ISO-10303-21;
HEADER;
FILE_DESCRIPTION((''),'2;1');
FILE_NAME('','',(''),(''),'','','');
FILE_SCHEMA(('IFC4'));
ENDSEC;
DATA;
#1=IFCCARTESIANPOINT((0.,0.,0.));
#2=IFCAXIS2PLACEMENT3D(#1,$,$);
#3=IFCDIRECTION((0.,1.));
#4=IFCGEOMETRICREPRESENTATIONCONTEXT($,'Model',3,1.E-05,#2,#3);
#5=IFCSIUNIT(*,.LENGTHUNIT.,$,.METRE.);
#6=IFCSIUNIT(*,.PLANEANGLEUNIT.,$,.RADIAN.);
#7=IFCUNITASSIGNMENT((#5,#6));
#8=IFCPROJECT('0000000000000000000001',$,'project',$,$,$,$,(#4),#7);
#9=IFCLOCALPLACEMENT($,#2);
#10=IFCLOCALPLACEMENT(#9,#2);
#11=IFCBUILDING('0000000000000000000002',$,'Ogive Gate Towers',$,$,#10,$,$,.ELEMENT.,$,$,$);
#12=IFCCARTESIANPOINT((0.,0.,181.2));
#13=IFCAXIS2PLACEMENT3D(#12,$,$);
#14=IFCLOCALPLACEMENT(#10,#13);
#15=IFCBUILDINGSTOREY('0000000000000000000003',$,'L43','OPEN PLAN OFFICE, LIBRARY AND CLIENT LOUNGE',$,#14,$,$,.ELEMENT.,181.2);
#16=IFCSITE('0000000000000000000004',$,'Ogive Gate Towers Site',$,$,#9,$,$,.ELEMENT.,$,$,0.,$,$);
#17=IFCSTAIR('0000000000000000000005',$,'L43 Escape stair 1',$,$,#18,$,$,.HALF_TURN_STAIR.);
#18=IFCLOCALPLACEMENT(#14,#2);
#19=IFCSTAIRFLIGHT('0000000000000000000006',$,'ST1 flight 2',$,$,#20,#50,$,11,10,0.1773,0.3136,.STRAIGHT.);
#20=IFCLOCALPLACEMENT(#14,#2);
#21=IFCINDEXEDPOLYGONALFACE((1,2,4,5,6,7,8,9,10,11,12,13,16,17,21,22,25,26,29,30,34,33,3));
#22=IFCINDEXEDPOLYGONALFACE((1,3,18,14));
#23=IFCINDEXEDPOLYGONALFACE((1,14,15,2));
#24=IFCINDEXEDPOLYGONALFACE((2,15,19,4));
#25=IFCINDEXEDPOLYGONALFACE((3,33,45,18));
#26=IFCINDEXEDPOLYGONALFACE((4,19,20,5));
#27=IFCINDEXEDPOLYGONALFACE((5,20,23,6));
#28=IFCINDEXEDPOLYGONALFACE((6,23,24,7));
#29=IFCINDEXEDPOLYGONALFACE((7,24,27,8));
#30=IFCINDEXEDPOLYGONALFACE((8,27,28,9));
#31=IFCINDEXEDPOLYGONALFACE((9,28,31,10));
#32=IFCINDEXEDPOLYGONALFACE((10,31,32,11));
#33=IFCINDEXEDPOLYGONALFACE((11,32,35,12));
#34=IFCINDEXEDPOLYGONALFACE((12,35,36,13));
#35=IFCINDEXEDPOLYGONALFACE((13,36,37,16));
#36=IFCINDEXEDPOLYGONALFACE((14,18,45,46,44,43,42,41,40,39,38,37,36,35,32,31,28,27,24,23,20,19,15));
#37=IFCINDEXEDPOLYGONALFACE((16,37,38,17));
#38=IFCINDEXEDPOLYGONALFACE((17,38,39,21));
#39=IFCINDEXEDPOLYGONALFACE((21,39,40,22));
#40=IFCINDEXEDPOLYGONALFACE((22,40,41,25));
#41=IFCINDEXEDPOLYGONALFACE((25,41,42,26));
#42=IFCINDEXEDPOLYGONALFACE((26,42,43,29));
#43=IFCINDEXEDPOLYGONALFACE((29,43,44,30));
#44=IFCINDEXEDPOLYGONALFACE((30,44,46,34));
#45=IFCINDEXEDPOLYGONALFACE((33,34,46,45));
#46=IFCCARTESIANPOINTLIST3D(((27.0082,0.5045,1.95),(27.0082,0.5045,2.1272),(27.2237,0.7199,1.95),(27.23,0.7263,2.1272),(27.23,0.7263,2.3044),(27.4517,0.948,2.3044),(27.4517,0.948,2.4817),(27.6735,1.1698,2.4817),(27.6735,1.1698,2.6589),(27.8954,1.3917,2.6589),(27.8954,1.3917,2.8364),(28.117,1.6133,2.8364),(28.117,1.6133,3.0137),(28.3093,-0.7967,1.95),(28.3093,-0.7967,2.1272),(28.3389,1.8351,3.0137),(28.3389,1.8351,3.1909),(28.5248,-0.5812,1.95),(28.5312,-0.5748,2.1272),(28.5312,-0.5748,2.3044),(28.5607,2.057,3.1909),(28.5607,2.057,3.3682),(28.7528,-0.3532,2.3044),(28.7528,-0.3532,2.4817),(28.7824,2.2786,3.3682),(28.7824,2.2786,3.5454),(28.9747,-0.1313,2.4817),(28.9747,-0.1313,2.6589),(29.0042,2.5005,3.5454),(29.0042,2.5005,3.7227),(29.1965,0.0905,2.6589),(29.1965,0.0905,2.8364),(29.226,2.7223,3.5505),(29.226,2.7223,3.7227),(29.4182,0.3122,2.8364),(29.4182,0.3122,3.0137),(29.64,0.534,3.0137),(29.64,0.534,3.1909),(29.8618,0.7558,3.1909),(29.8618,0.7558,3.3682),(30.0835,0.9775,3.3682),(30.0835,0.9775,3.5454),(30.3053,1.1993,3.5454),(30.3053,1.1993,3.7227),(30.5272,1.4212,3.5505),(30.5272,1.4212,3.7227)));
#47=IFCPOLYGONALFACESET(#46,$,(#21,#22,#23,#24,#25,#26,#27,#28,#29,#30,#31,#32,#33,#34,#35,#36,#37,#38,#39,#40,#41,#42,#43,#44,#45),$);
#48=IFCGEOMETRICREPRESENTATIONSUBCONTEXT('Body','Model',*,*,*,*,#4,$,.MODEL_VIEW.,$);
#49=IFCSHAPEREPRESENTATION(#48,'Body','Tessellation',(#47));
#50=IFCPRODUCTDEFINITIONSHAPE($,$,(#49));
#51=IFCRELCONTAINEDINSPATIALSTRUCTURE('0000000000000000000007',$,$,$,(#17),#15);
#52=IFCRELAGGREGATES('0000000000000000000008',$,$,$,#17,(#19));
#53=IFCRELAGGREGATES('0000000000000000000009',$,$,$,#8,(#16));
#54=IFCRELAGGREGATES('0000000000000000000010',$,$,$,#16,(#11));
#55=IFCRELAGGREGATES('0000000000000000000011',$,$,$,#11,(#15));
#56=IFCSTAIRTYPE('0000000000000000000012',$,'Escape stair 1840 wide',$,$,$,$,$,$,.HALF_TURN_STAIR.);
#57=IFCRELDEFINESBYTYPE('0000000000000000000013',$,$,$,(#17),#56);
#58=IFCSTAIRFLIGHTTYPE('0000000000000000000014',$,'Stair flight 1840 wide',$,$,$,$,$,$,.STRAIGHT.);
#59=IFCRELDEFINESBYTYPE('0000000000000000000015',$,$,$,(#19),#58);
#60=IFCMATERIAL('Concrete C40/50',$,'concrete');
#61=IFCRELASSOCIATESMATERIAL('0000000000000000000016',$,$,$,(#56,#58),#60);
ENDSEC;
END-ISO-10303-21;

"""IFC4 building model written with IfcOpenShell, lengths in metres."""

from ifc_helpers import new_model, si_unit, direction, frame, origin, place, context, subcontext, project, spatial, polyline, outline, extrude, material, type_object, element, aggregate, save


model = new_model("IFC4")

# Units and contexts
model_context = context("Model", 3, precision=1e-05, world=origin(), true_north=direction((0.0, 1.0)))
body_context = subcontext(model_context, "Body", "Model", "MODEL_VIEW")
ifc_project = project(units=[si_unit("LENGTHUNIT", "METRE"), si_unit("PLANEANGLEUNIT", "RADIAN")], contexts=[model_context])

# Site, building, storey
site_placement = place(None, origin())
site = spatial("IfcSite", under=ifc_project, at=site_placement, Name="Ogive Gate Towers Site", CompositionType="ELEMENT", RefElevation=0.0)
building_placement = place(site_placement, origin())
building = spatial("IfcBuilding", under=site, at=building_placement, Name="Ogive Gate Towers", CompositionType="ELEMENT")
storey_placement = place(building_placement, frame((0.0, 0.0, 181.2)))
storey = spatial("IfcBuildingStorey", under=building, at=storey_placement, Name="L43", Description="OPEN PLAN OFFICE, LIBRARY AND CLIENT LOUNGE", CompositionType="ELEMENT", Elevation=181.2)

# Stair, stair flight
ifc_material_1 = material(Name="Concrete C40/50", Category="concrete")
stair_type = type_object("IfcStairType", Name="Escape stair 1840 wide", PredefinedType="HALF_TURN_STAIR", material=ifc_material_1)
stair_placement = place(storey_placement, origin())
stair = element("IfcStair", 1, at=stair_placement, inside=storey, type_object=stair_type, Name="L43 Escape stair 1", PredefinedType="HALF_TURN_STAIR")
stair_flight_type = type_object("IfcStairFlightType", Name="Stair flight 1840 wide", PredefinedType="STRAIGHT", material=ifc_material_1)
stair_flight_placement = place(storey_placement, frame((27.6587, -0.146, 1.95), z_axis=(0.0, 0.0, 1.0), x_axis=(0.707107, 0.707107, 0.0)))
stair_flight = element("IfcStairFlight", 2, at=stair_flight_placement, type_object=stair_flight_type, Name="ST1 flight 2", NumberOfRisers=11, NumberOfTreads=10, PredefinedType="STRAIGHT", RiserHeight=0.1773, TreadLength=0.3136, context=body_context, shape_type="SweptSolid", body=[
    extrude(outline(polyline([(0.0, 0.0), (0.0, 0.1772), (0.3137, 0.1772), (0.3137, 0.3545), (0.6272, 0.3545), (0.6272, 0.5317), (0.9409, 0.5317), (0.9409, 0.709), (1.2546, 0.709), (1.2546, 0.8865), (1.5681, 0.8865), (1.5681, 1.0637), (1.8818, 1.0637), (1.8818, 1.241), (2.1956, 1.241), (2.1956, 1.4182), (2.509, 1.4182), (2.509, 1.5955), (2.8228, 1.5955), (2.8228, 1.7727), (3.1365, 1.7727), (3.1365, 1.95), (3.1365, 1.6006), (0.3047, 0.0), (0.0, 0.0)])), frame((0.0, 0.9199, 0.0), z_axis=(0.0, -1.0, 0.0), x_axis=(1.0, 0.0, 0.0)), (0.0, 0.0, 1.0), 1.8401),
])
aggregate(stair, [stair_flight])

save(model, "model.ifc")
